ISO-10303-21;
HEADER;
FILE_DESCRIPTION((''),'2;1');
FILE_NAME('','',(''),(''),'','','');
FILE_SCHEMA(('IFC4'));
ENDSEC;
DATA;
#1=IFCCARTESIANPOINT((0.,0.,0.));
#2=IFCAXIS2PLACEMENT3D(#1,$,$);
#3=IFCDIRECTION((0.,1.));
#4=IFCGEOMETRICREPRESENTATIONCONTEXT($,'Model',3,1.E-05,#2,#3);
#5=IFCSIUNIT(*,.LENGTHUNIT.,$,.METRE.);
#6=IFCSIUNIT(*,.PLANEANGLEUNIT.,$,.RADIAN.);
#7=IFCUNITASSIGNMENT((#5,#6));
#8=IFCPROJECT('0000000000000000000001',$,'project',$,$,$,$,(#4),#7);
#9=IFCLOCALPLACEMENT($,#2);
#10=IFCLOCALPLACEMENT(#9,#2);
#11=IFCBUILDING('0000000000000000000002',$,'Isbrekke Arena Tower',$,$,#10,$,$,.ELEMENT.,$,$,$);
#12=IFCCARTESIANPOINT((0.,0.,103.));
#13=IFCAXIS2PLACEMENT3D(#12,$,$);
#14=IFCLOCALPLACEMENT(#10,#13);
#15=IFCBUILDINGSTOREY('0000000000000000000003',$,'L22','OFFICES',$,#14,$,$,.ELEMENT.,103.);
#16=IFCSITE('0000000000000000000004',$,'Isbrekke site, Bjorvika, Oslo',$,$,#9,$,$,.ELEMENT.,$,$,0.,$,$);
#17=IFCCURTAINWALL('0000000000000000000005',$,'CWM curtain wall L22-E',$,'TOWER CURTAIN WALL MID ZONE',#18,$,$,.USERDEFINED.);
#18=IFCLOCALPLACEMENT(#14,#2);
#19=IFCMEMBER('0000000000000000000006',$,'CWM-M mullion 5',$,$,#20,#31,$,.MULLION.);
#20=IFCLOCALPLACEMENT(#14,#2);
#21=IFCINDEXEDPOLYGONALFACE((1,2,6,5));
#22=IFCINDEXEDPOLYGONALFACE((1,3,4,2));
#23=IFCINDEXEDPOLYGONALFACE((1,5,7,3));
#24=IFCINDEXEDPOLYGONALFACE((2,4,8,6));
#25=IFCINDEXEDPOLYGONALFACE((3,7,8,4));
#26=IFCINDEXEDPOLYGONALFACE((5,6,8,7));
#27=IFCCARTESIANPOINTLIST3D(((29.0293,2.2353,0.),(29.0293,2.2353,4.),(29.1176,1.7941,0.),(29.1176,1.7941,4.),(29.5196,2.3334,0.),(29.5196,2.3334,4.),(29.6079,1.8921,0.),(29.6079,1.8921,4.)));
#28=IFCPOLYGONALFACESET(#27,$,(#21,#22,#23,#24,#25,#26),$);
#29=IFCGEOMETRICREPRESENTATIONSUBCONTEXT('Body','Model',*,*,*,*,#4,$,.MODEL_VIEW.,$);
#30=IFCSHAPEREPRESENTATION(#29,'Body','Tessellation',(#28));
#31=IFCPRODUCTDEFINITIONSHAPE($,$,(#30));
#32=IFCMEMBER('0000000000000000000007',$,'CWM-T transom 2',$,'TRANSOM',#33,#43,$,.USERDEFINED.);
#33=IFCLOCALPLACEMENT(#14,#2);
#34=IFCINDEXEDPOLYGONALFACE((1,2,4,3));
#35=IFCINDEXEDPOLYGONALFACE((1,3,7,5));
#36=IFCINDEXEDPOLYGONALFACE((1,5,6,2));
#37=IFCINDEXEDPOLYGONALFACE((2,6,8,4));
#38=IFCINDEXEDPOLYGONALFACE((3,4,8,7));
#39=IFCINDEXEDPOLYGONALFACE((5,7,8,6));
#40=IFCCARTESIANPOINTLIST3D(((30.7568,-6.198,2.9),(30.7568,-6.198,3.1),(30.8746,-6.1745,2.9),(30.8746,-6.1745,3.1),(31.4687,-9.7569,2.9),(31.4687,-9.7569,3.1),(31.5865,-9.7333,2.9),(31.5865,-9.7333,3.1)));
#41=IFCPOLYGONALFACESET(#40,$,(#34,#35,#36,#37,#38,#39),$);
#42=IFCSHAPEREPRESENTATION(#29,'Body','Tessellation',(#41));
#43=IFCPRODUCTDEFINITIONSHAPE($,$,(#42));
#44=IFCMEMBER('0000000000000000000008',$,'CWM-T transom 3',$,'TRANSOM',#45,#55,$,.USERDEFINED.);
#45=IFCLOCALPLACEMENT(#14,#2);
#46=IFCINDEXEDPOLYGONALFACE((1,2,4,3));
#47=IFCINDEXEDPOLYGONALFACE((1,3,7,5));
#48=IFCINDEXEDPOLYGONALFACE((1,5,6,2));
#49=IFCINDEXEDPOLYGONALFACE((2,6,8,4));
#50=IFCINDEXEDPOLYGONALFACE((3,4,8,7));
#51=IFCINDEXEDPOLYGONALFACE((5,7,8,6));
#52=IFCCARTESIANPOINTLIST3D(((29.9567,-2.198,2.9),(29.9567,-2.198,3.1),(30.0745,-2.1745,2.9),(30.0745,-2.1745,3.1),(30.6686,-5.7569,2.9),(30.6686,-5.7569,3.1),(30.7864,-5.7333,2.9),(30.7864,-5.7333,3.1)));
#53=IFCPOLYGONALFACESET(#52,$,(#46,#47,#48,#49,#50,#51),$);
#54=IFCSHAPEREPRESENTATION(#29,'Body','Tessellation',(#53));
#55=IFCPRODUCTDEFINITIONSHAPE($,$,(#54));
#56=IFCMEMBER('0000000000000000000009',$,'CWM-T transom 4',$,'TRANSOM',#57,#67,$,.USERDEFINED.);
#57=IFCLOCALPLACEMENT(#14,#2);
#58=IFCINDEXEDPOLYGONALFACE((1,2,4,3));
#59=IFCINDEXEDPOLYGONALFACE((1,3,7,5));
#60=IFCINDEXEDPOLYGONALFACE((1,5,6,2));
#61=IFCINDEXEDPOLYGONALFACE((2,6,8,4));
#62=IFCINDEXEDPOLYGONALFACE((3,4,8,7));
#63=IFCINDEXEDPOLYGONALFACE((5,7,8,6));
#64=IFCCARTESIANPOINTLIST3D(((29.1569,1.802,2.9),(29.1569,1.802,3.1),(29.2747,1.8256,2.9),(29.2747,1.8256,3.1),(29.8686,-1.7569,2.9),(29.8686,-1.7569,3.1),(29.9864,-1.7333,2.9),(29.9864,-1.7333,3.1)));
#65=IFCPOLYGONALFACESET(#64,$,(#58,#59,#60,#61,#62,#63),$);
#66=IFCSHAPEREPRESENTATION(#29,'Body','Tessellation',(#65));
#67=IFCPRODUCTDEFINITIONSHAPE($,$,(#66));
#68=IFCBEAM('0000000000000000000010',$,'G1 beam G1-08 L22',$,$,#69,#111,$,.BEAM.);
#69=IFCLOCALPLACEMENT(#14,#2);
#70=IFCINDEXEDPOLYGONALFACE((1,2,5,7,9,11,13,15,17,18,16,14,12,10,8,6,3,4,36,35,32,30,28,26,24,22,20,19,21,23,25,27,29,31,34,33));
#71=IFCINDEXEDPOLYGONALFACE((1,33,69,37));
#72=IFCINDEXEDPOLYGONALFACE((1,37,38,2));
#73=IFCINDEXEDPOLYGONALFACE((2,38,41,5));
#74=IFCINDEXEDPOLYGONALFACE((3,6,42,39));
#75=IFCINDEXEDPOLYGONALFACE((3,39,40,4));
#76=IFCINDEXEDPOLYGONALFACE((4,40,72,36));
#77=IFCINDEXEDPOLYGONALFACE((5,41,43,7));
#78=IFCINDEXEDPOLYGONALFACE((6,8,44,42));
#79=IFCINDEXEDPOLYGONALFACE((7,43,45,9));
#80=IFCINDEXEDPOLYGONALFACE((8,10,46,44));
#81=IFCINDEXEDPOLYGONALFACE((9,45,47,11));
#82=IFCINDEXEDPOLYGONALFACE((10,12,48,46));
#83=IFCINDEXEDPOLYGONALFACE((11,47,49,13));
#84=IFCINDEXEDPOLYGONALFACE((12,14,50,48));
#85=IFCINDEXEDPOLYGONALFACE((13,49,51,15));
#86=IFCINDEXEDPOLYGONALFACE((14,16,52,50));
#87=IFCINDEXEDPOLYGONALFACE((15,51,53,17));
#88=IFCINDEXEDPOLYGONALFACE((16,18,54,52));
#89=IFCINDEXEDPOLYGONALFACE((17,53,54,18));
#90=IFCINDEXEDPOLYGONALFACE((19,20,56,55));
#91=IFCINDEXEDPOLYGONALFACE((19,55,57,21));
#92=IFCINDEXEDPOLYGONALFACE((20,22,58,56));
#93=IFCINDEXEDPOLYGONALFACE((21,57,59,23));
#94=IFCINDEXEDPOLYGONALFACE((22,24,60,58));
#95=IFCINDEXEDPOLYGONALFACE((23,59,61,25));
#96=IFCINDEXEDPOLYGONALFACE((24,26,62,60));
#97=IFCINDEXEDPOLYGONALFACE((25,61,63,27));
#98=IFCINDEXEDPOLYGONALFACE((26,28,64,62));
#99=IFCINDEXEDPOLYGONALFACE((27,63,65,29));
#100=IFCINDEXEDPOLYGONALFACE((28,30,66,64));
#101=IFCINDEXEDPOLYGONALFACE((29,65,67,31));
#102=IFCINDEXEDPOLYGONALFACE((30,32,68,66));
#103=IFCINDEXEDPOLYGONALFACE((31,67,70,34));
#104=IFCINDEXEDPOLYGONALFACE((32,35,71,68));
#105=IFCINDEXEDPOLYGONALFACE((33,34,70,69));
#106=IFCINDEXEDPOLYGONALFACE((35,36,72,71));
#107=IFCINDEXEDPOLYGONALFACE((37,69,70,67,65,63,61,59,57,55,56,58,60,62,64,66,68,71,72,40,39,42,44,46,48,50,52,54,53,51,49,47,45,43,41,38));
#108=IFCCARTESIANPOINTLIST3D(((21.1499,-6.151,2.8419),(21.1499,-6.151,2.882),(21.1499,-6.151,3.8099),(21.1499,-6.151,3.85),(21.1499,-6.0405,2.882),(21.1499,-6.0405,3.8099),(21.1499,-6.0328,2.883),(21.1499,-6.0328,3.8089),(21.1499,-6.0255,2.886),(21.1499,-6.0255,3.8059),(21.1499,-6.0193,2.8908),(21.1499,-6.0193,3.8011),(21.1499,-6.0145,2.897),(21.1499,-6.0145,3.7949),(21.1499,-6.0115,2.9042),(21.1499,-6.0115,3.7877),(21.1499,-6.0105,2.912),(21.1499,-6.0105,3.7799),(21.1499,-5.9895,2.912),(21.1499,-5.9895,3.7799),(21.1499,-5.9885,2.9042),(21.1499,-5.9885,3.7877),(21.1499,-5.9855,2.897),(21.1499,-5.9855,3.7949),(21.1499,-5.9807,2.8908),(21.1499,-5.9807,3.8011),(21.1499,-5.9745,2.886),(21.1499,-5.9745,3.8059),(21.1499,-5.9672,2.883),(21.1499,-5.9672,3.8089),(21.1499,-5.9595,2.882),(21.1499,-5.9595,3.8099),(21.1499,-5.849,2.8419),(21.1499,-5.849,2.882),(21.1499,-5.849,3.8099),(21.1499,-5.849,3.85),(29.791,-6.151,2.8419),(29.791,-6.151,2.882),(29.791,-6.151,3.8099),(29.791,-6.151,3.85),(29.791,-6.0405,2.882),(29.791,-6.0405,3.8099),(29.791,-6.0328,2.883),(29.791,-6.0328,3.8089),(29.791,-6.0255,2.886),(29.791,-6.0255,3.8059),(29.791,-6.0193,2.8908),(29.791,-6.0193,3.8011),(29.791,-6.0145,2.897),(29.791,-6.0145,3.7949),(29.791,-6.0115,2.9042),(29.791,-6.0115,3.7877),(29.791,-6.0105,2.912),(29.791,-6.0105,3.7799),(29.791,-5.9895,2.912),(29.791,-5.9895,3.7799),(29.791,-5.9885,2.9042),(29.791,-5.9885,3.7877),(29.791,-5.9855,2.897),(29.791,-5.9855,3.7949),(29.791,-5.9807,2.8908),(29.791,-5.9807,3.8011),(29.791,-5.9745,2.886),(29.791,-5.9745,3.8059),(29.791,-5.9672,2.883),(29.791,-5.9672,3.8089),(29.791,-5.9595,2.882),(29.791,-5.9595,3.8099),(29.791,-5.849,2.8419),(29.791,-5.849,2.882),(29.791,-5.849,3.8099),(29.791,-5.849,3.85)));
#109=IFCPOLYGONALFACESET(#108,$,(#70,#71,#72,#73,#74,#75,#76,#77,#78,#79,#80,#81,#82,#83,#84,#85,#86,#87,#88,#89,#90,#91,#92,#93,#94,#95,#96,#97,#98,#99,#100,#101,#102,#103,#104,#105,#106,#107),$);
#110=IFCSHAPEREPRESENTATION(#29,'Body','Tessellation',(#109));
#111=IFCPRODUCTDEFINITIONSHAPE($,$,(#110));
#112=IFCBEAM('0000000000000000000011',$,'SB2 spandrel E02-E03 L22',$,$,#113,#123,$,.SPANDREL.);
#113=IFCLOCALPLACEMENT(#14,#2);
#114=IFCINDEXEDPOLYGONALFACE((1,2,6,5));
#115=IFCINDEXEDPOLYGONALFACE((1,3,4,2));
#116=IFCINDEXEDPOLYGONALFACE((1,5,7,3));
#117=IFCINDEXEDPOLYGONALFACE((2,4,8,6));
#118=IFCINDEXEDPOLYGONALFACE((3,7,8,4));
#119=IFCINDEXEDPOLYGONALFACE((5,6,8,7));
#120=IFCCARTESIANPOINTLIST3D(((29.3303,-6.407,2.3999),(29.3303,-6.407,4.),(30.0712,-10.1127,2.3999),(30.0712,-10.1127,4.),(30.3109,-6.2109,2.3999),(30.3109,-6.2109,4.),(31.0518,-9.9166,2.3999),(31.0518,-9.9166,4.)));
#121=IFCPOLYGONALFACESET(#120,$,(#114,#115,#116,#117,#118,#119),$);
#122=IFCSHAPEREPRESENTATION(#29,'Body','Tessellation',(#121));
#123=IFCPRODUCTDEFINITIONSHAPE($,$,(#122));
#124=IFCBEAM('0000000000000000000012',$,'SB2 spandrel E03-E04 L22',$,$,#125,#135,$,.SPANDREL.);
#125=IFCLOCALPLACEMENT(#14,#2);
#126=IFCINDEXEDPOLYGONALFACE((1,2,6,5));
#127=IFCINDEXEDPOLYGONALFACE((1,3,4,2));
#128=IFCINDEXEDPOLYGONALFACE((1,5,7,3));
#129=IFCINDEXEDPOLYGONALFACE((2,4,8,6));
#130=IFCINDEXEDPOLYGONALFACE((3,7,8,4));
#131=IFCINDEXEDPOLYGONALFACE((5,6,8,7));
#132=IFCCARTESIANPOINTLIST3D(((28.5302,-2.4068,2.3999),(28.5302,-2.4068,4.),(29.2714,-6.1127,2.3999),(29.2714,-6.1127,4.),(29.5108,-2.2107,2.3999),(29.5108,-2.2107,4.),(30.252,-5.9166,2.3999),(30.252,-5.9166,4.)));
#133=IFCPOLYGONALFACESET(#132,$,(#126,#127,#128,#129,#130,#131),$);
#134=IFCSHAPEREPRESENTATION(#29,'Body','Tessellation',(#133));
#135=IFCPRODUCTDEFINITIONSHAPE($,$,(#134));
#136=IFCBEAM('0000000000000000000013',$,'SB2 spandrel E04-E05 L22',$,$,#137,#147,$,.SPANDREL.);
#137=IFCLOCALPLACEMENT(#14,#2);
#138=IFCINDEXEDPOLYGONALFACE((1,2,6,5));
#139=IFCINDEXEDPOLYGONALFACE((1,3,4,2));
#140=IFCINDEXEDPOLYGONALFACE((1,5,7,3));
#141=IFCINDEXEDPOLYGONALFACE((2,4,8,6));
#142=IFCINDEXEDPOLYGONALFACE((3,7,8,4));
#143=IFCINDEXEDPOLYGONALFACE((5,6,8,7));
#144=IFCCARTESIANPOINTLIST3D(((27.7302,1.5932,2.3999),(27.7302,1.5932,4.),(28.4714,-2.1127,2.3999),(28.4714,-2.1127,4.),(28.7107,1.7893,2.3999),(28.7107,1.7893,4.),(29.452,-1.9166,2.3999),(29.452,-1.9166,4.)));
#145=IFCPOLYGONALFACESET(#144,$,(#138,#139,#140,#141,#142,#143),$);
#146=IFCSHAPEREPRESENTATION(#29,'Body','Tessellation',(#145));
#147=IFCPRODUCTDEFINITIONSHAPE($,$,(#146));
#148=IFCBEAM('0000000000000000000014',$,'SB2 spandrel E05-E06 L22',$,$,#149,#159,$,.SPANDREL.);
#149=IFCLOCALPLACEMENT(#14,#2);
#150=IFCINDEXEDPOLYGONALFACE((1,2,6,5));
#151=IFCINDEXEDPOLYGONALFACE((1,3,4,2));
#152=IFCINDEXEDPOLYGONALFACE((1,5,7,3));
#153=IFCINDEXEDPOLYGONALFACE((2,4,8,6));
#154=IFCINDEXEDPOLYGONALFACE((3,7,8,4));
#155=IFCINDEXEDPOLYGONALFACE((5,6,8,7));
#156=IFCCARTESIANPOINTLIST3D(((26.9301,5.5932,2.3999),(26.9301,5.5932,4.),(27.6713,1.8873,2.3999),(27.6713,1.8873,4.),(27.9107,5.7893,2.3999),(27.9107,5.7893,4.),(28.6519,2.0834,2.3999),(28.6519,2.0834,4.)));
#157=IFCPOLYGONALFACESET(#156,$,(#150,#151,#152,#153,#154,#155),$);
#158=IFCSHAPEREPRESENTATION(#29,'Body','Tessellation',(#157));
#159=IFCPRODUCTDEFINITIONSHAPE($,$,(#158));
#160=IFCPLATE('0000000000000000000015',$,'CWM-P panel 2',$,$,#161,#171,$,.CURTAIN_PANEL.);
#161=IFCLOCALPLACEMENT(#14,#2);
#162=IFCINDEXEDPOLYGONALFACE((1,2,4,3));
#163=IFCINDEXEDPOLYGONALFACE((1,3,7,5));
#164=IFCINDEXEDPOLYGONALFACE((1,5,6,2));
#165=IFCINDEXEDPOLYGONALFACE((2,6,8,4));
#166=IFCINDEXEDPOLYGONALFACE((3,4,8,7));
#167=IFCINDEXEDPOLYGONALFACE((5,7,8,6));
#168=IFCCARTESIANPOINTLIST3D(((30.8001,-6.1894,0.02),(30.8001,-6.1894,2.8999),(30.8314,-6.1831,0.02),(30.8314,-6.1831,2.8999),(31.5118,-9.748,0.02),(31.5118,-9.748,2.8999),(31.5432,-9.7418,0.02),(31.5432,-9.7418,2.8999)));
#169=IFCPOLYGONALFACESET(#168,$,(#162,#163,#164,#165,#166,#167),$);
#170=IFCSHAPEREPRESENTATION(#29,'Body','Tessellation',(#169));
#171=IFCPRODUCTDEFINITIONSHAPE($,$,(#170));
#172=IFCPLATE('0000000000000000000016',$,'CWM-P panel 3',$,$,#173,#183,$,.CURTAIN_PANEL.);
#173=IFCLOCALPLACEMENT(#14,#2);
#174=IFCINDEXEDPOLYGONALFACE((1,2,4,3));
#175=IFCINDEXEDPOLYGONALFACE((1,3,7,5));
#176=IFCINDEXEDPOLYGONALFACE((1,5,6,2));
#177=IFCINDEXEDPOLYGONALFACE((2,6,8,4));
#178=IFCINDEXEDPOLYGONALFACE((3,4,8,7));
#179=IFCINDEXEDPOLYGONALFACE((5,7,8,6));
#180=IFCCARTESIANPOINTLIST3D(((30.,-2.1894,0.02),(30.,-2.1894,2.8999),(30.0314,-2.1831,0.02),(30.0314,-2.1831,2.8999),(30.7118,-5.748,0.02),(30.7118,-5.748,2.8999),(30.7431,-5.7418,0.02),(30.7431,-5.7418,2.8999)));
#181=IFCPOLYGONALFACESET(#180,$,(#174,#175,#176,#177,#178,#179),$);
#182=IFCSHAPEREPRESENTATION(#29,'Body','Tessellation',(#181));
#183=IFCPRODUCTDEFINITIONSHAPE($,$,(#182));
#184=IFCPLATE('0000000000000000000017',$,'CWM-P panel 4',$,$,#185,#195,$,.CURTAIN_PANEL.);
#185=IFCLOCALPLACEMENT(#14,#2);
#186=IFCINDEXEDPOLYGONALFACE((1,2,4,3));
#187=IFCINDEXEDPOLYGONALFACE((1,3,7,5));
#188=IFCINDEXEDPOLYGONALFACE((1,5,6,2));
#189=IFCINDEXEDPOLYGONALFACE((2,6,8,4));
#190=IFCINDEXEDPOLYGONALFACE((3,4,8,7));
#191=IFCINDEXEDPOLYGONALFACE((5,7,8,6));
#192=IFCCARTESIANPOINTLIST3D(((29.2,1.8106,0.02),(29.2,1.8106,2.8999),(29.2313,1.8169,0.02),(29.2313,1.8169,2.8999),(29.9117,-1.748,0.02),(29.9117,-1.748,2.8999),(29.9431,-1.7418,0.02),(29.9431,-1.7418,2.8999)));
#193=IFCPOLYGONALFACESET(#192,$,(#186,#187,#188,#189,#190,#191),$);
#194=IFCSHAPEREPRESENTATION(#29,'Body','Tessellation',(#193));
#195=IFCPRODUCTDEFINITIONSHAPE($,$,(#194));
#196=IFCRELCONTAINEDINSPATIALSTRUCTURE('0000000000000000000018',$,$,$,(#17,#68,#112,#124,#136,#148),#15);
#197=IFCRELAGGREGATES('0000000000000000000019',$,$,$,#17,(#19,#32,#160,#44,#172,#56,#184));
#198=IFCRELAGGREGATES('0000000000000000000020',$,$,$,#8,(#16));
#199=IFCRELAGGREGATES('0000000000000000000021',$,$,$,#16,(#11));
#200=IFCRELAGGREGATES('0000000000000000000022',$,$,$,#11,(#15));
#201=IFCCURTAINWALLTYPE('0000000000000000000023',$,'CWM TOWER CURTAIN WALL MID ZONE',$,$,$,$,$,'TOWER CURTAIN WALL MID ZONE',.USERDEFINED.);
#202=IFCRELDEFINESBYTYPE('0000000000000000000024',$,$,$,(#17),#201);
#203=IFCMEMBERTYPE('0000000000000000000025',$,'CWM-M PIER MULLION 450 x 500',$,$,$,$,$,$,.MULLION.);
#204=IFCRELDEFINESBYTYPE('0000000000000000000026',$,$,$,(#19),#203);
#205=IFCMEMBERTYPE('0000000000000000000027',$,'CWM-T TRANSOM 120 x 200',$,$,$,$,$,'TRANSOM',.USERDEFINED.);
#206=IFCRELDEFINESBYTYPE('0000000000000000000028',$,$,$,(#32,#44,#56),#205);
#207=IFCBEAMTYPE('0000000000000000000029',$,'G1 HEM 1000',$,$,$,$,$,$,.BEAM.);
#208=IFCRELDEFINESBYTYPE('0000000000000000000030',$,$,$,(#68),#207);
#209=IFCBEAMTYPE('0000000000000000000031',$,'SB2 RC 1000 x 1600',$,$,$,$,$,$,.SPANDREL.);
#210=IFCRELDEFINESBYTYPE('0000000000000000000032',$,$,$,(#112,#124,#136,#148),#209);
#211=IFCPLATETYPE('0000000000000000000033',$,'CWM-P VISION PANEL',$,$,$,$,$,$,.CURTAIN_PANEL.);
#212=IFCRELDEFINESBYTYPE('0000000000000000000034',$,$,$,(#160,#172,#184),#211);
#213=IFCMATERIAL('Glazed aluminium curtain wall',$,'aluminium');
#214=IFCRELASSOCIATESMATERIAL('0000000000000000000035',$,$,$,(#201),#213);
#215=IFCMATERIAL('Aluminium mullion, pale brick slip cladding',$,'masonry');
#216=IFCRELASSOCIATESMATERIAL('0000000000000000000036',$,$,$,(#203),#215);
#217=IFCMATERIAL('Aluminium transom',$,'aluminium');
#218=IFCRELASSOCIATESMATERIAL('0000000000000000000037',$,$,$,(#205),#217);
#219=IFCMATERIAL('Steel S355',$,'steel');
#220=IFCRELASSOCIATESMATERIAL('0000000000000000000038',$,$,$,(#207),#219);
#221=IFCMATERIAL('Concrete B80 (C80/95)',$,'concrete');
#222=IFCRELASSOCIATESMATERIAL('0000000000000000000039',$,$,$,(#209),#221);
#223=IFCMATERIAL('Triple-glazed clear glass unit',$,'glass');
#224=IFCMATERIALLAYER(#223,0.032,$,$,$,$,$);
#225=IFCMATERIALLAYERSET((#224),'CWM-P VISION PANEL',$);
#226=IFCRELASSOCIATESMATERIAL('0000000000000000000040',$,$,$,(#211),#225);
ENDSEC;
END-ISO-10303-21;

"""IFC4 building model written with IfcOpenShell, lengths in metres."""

from ifc_helpers import new_model, si_unit, direction, frame, origin, origin_2d, place, context, subcontext, project, spatial, rectangle, i_section, extrude, material, layer, layer_set, material_profile, profile_set, type_object, element, aggregate, save


model = new_model("IFC4")

# Units and contexts
model_context = context("Model", 3, precision=1e-05, world=origin(), true_north=direction((0.0, 1.0)))
body_context = subcontext(model_context, "Body", "Model", "MODEL_VIEW")
ifc_project = project(units=[si_unit("LENGTHUNIT", "METRE"), si_unit("PLANEANGLEUNIT", "RADIAN")], contexts=[model_context])

# Site, building, storey
site_placement = place(None, origin())
site = spatial("IfcSite", under=ifc_project, at=site_placement, Name="Isbrekke site, Bjorvika, Oslo", CompositionType="ELEMENT", RefElevation=0.0)
building_placement = place(site_placement, origin())
building = spatial("IfcBuilding", under=site, at=building_placement, Name="Isbrekke Arena Tower", CompositionType="ELEMENT")
storey_placement = place(building_placement, frame((0.0, 0.0, 103.0)))
storey = spatial("IfcBuildingStorey", under=building, at=storey_placement, Name="L22", Description="OFFICES", CompositionType="ELEMENT", Elevation=103.0)

# Curtain wall, members
ifc_material_1 = material(Name="Glazed aluminium curtain wall", Category="aluminium")
curtain_wall_type = type_object("IfcCurtainWallType", Name="CWM TOWER CURTAIN WALL MID ZONE", ElementType="TOWER CURTAIN WALL MID ZONE", PredefinedType="USERDEFINED", material=ifc_material_1)
curtain_wall_placement = place(storey_placement, origin())
curtain_wall = element("IfcCurtainWall", 1, at=curtain_wall_placement, inside=storey, type_object=curtain_wall_type, Name="CWM curtain wall L22-E", ObjectType="TOWER CURTAIN WALL MID ZONE", PredefinedType="USERDEFINED")
ifc_material_2 = material(Name="Aluminium mullion, pale brick slip cladding", Category="masonry")
ifc_material_profile_1 = material_profile(ifc_material_2, rectangle(XDim=0.45, YDim=0.5, at=origin_2d()), Name="PIER 450X500")
ifc_profile_set_1 = profile_set([ifc_material_profile_1], Name="Aluminium mullion, pale brick slip cladding")
member_type_1 = type_object("IfcMemberType", Name="CWM-M PIER MULLION 450 x 500", PredefinedType="MULLION", material=ifc_profile_set_1)
member_1_placement = place(storey_placement, frame((29.3186, 2.0637, 0.0), z_axis=(0.0, 0.0, 1.0), x_axis=(-0.196116, 0.980581, 0.0)))
member_1 = element("IfcMember", 2, at=member_1_placement, type_object=member_type_1, Name="CWM-M mullion 5", PredefinedType="MULLION", context=body_context, shape_type="SweptSolid", body=[
    extrude(rectangle(XDim=0.45, YDim=0.5, at=origin_2d()), origin(), (0.0, 0.0, 1.0), 4.0),
])
ifc_material_3 = material(Name="Aluminium transom", Category="aluminium")
ifc_material_profile_2 = material_profile(ifc_material_3, rectangle(XDim=0.1201, YDim=0.2, at=origin_2d()), Name="TRANSOM 120X200")
ifc_profile_set_2 = profile_set([ifc_material_profile_2], Name="Aluminium transom")
member_type_2 = type_object("IfcMemberType", Name="CWM-T TRANSOM 120 x 200", ElementType="TRANSOM", PredefinedType="USERDEFINED", material=ifc_profile_set_2)
member_2_placement = place(storey_placement, frame((31.5276, -9.7451, 3.0), z_axis=(-0.196155, 0.980573, 0.0), x_axis=(-0.980573, -0.196155, 0.0)))
member_2 = element("IfcMember", 3, at=member_2_placement, type_object=member_type_2, Name="CWM-T transom 2", ObjectType="TRANSOM", PredefinedType="USERDEFINED", context=body_context, shape_type="SweptSolid", body=[
    extrude(rectangle(XDim=0.1201, YDim=0.2, at=origin_2d()), origin(), (0.0, 0.0, 1.0), 3.6294),
])
member_3_placement = place(storey_placement, frame((30.7275, -5.7451, 3.0), z_axis=(-0.196155, 0.980573, 0.0), x_axis=(-0.980573, -0.196155, 0.0)))
member_3 = element("IfcMember", 4, at=member_3_placement, type_object=member_type_2, Name="CWM-T transom 3", ObjectType="TRANSOM", PredefinedType="USERDEFINED", context=body_context, shape_type="SweptSolid", body=[
    extrude(rectangle(XDim=0.1201, YDim=0.2, at=origin_2d()), origin(), (0.0, 0.0, 1.0), 3.6294),
])
member_4_placement = place(storey_placement, frame((29.9275, -1.7451, 3.0), z_axis=(-0.19609, 0.980586, 0.0), x_axis=(-0.980586, -0.19609, 0.0)))
member_4 = element("IfcMember", 5, at=member_4_placement, type_object=member_type_2, Name="CWM-T transom 4", ObjectType="TRANSOM", PredefinedType="USERDEFINED", context=body_context, shape_type="SweptSolid", body=[
    extrude(rectangle(XDim=0.1201, YDim=0.2, at=origin_2d()), origin(), (0.0, 0.0, 1.0), 3.6294),
])

# Beams
ifc_material_4 = material(Name="Steel S355", Category="steel")
ifc_material_profile_3 = material_profile(ifc_material_4, i_section(OverallWidth=0.302, OverallDepth=1.0081, WebThickness=0.021, FlangeThickness=0.04, FilletRadius=0.03, at=origin_2d()), Name="HEM 1000")
ifc_profile_set_3 = profile_set([ifc_material_profile_3], Name="Steel S355")
beam_type_1 = type_object("IfcBeamType", Name="G1 HEM 1000", PredefinedType="BEAM", material=ifc_profile_set_3)
beam_1_placement = place(storey_placement, frame((21.1499, -6.0, 3.3459), z_axis=(1.0, 0.0, 0.0), x_axis=(0.0, 1.0, 0.0)))
element("IfcBeam", 6, at=beam_1_placement, inside=storey, type_object=beam_type_1, Name="G1 beam G1-08 L22", PredefinedType="BEAM", context=body_context, shape_type="SweptSolid", body=[
    extrude(i_section(OverallWidth=0.302, OverallDepth=1.0081, WebThickness=0.021, FlangeThickness=0.04, FilletRadius=0.03, at=origin_2d()), origin(), (0.0, 0.0, 1.0), 8.6411),
])
ifc_material_5 = material(Name="Concrete B80 (C80/95)", Category="concrete")
ifc_material_profile_4 = material_profile(ifc_material_5, rectangle(XDim=1.0, YDim=1.6001, at=origin_2d()), Name="RC 1000x1600")
ifc_profile_set_4 = profile_set([ifc_material_profile_4], Name="Concrete B80 (C80/95)")
beam_type_2 = type_object("IfcBeamType", Name="SB2 RC 1000 x 1600", PredefinedType="SPANDREL", material=ifc_profile_set_4)
beam_2_placement = place(storey_placement, frame((30.5615, -10.0146, 3.2), z_axis=(-0.196066, 0.980591, 0.0), x_axis=(-0.980591, -0.196066, 0.0)))
element("IfcBeam", 7, at=beam_2_placement, inside=storey, type_object=beam_type_2, Name="SB2 spandrel E02-E03 L22", PredefinedType="SPANDREL", context=body_context, shape_type="SweptSolid", body=[
    extrude(rectangle(XDim=1.0, YDim=1.6001, at=origin_2d()), origin(), (0.0, 0.0, 1.0), 3.7791),
])
for number, where, z_axis, x_axis, name in (
    (8, (29.7617, -6.0146, 3.2), (-0.196129, 0.980578, 0.0), (-0.980578, -0.196129, 0.0), "SB2 spandrel E03-E04 L22"),
    (9, (28.9617, -2.0146, 3.2), (-0.196129, 0.980578, 0.0), (-0.980578, -0.196129, 0.0), "SB2 spandrel E04-E05 L22"),
    (10, (28.1616, 1.9854, 3.2), (-0.196129, 0.980578, 0.0), (-0.980578, -0.196129, 0.0), "SB2 spandrel E05-E06 L22"),
):
    element("IfcBeam", number, at=place(storey_placement, frame(where, z_axis=z_axis, x_axis=x_axis)), inside=storey, type_object=beam_type_2, Name=name, PredefinedType="SPANDREL", context=body_context, shape_type="SweptSolid", body=[
        extrude(rectangle(XDim=1.0, YDim=1.6001, at=origin_2d()), origin(), (0.0, 0.0, 1.0), 3.7793),
    ])

# Plates
ifc_material_6 = material(Name="Triple-glazed clear glass unit", Category="glass")
ifc_layer_1 = layer(ifc_material_6, 0.032)
ifc_layer_set_1 = layer_set([ifc_layer_1], Name="CWM-P VISION PANEL")
plate_type = type_object("IfcPlateType", Name="CWM-P VISION PANEL", PredefinedType="CURTAIN_PANEL", material=ifc_layer_set_1)
plate_1_placement = place(storey_placement, frame((31.1716, -7.9656, 0.02), z_axis=(0.0, 0.0, 1.0), x_axis=(-0.196116, 0.980581, 0.0)))
plate_1 = element("IfcPlate", 11, at=plate_1_placement, type_object=plate_type, Name="CWM-P panel 2", PredefinedType="CURTAIN_PANEL", context=body_context, shape_type="SweptSolid", body=[
    extrude(rectangle(XDim=3.6292, YDim=0.032, at=origin_2d()), origin(), (0.0, 0.0, 1.0), 2.8799),
])
plate_2_placement = place(storey_placement, frame((30.3716, -3.9656, 0.02), z_axis=(0.0, 0.0, 1.0), x_axis=(-0.196116, 0.980581, 0.0)))
plate_2 = element("IfcPlate", 12, at=plate_2_placement, type_object=plate_type, Name="CWM-P panel 3", PredefinedType="CURTAIN_PANEL", context=body_context, shape_type="SweptSolid", body=[
    extrude(rectangle(XDim=3.6292, YDim=0.032, at=origin_2d()), origin(), (0.0, 0.0, 1.0), 2.8799),
])
plate_3_placement = place(storey_placement, frame((29.5715, 0.0344, 0.02), z_axis=(0.0, 0.0, 1.0), x_axis=(-0.196116, 0.980581, 0.0)))
plate_3 = element("IfcPlate", 13, at=plate_3_placement, type_object=plate_type, Name="CWM-P panel 4", PredefinedType="CURTAIN_PANEL", context=body_context, shape_type="SweptSolid", body=[
    extrude(rectangle(XDim=3.6292, YDim=0.032, at=origin_2d()), origin(), (0.0, 0.0, 1.0), 2.8799),
])
aggregate(curtain_wall, [member_1, member_2, plate_1, member_3, plate_2, member_4, plate_3])

save(model, "model.ifc")
